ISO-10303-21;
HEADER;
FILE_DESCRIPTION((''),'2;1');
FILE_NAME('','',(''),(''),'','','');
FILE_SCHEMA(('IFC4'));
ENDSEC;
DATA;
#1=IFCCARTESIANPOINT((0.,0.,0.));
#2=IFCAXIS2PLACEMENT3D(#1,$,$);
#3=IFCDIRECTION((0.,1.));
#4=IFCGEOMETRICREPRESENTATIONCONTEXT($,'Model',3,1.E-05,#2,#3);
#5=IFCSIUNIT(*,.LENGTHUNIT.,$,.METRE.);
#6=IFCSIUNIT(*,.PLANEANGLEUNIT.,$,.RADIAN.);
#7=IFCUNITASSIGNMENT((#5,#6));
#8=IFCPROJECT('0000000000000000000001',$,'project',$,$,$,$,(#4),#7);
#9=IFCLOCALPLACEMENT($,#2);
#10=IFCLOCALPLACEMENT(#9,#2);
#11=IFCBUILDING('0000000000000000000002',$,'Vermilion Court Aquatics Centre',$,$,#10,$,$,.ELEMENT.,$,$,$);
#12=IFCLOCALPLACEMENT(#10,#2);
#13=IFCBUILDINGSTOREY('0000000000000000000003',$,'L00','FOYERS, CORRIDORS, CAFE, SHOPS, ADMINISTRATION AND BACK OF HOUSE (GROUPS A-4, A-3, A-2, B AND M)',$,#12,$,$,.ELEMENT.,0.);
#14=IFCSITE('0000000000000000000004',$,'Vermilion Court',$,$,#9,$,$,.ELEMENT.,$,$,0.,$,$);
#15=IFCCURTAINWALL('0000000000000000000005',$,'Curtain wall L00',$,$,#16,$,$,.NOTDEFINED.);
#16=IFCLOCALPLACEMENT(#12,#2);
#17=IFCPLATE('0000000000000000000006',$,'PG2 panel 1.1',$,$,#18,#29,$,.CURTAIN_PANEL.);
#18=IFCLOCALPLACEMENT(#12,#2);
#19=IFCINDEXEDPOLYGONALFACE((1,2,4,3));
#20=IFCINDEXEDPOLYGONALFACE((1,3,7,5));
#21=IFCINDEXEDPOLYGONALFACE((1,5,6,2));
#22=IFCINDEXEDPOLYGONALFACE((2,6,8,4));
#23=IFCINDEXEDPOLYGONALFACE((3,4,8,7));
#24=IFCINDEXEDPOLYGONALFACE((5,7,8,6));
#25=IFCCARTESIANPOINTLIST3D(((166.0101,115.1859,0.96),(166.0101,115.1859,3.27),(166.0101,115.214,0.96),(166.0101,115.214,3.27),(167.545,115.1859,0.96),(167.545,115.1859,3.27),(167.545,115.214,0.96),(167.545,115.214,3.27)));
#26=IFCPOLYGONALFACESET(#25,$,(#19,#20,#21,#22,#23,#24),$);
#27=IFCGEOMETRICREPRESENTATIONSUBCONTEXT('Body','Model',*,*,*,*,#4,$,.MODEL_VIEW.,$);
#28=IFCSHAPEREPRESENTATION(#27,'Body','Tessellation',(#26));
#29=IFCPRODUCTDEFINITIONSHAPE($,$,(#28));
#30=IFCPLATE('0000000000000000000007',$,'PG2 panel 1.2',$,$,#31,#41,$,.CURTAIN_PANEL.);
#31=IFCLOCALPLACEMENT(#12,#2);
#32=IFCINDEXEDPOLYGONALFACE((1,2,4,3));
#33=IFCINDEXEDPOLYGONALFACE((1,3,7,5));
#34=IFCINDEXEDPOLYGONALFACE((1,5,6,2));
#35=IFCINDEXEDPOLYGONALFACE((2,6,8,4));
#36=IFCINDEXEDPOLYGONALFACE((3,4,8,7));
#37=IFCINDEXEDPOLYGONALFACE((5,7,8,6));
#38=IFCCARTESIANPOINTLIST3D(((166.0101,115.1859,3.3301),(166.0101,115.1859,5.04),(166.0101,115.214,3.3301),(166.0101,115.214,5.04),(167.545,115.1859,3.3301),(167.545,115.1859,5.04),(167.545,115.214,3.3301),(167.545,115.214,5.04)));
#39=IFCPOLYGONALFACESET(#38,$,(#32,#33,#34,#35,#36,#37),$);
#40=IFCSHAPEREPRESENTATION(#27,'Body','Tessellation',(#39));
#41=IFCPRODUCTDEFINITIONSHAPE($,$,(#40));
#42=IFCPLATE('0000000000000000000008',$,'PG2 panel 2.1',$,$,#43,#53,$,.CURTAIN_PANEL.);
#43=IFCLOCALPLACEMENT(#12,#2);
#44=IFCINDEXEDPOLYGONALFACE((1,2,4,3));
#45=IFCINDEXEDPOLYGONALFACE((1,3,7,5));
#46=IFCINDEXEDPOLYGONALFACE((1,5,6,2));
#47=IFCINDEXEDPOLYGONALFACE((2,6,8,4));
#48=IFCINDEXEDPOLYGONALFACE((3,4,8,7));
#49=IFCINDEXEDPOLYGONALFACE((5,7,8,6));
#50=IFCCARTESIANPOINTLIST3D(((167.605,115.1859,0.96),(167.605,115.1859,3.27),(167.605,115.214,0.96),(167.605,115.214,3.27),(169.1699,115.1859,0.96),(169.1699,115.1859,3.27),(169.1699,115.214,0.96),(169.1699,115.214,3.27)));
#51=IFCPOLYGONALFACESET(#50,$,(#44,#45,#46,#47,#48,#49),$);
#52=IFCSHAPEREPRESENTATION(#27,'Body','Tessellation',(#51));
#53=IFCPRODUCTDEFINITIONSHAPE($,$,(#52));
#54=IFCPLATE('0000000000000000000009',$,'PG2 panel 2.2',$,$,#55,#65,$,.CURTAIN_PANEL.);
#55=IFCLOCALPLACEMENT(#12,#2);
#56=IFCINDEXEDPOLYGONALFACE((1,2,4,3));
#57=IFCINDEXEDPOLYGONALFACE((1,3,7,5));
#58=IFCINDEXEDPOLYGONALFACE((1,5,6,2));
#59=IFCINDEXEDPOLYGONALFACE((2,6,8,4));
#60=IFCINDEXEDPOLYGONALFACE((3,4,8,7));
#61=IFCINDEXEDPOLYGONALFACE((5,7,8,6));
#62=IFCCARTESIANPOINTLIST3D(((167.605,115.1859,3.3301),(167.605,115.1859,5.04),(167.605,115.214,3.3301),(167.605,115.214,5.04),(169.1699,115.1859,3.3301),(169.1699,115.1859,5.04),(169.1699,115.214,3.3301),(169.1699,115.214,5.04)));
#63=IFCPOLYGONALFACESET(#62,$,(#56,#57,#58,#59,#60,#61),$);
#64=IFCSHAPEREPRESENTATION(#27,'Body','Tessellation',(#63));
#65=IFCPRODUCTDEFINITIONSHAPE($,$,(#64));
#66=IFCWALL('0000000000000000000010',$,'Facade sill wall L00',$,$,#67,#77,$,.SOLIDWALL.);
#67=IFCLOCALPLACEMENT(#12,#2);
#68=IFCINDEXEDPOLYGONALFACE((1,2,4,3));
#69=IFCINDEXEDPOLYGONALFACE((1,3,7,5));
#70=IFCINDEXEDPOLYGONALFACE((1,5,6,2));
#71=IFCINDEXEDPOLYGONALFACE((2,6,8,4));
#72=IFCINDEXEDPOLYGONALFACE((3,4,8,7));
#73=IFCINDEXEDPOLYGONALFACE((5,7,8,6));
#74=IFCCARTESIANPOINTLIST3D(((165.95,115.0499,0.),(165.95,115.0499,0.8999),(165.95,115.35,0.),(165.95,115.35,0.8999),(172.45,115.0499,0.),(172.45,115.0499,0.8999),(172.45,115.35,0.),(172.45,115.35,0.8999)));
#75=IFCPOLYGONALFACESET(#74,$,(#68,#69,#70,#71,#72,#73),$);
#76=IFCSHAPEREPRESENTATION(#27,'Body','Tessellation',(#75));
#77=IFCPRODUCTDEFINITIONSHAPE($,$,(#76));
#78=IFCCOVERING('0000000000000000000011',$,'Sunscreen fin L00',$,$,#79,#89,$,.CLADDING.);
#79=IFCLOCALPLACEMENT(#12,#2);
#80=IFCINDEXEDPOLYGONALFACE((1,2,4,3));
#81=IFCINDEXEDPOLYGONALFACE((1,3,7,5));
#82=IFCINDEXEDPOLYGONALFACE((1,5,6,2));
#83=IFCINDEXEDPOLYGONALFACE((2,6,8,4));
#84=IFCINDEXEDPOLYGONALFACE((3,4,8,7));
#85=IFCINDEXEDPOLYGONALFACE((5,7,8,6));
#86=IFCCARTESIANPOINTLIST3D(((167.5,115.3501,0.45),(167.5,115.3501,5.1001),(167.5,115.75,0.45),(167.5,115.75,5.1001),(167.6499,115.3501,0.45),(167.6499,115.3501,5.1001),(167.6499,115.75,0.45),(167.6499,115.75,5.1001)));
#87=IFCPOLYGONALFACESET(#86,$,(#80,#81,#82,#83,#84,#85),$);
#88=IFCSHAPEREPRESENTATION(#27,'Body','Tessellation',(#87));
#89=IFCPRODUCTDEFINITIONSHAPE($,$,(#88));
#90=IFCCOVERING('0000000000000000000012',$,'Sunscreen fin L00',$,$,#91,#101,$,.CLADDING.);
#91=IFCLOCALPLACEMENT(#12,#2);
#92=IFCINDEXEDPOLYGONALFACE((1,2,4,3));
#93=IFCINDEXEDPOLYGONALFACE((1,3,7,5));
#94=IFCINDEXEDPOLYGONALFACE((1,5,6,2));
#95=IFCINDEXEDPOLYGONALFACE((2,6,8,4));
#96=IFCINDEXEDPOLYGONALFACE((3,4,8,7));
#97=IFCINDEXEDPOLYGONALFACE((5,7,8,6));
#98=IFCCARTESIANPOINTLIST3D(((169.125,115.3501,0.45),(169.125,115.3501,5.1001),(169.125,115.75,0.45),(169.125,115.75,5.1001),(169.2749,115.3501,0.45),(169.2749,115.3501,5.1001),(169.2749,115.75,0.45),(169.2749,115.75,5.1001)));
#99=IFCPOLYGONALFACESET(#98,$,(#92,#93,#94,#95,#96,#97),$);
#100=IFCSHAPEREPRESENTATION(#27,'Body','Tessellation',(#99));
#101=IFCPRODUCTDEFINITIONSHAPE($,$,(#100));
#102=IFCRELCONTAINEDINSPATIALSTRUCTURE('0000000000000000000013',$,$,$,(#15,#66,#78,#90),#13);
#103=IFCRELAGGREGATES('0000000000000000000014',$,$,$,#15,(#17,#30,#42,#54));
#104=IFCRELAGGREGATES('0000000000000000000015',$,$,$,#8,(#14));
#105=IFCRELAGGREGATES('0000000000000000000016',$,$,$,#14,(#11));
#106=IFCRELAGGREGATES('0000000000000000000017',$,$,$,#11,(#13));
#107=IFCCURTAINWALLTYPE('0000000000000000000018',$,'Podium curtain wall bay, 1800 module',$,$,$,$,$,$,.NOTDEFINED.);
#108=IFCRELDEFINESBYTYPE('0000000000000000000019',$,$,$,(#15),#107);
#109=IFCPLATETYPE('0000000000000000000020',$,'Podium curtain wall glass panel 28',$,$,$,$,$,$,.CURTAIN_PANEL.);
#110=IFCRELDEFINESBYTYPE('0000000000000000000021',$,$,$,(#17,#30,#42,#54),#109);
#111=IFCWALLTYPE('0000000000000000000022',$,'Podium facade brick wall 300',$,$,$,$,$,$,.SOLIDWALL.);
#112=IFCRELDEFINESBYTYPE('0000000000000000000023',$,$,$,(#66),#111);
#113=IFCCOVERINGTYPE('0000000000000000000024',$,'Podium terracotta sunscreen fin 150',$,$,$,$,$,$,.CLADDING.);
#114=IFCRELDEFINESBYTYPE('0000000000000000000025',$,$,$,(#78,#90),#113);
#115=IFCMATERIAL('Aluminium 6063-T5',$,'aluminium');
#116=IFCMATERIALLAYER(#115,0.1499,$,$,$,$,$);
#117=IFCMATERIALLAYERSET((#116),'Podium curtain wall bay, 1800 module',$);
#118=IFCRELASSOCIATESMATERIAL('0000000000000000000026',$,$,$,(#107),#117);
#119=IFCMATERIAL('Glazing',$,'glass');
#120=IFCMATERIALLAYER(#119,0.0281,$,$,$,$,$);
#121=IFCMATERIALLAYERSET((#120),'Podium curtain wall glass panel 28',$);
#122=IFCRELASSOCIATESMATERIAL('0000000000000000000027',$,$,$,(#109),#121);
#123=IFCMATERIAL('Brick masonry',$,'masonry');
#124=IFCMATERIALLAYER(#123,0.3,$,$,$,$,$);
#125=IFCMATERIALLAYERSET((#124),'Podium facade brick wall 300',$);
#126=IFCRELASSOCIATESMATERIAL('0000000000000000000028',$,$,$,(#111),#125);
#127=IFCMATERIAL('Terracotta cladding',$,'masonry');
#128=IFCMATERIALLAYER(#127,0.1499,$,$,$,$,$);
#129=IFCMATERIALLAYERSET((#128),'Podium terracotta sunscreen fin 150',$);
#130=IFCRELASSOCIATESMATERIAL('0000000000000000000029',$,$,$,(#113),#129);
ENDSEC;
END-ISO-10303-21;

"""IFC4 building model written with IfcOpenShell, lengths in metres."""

from ifc_helpers import new_model, si_unit, direction, frame, frame_2d, origin, origin_2d, place, context, subcontext, project, spatial, rectangle, extrude, material, layer, layer_set, type_object, element, aggregate, save


model = new_model("IFC4")

# Units and contexts
model_context = context("Model", 3, precision=1e-05, world=origin(), true_north=direction((0.0, 1.0)))
body_context = subcontext(model_context, "Body", "Model", "MODEL_VIEW")
ifc_project = project(units=[si_unit("LENGTHUNIT", "METRE"), si_unit("PLANEANGLEUNIT", "RADIAN")], contexts=[model_context])

# Site, building, storey
site_placement = place(None, origin())
site = spatial("IfcSite", under=ifc_project, at=site_placement, Name="Vermilion Court", CompositionType="ELEMENT", RefElevation=0.0)
building_placement = place(site_placement, origin())
building = spatial("IfcBuilding", under=site, at=building_placement, Name="Vermilion Court Aquatics Centre", CompositionType="ELEMENT")
storey_placement = place(building_placement, origin())
storey = spatial("IfcBuildingStorey", under=building, at=storey_placement, Name="L00", Description="FOYERS, CORRIDORS, CAFE, SHOPS, ADMINISTRATION AND BACK OF HOUSE (GROUPS A-4, A-3, A-2, B AND M)", CompositionType="ELEMENT", Elevation=0.0)

# Curtain wall
ifc_material_1 = material(Name="Aluminium 6063-T5", Category="aluminium")
ifc_layer_1 = layer(ifc_material_1, 0.1499)
ifc_layer_set_1 = layer_set([ifc_layer_1], Name="Podium curtain wall bay, 1800 module")
curtain_wall_type = type_object("IfcCurtainWallType", Name="Podium curtain wall bay, 1800 module", PredefinedType="NOTDEFINED", material=ifc_layer_set_1)
curtain_wall_placement = place(storey_placement, origin())
curtain_wall = element("IfcCurtainWall", 1, at=curtain_wall_placement, inside=storey, type_object=curtain_wall_type, Name="Curtain wall L00", PredefinedType="NOTDEFINED")

# Plates
ifc_material_2 = material(Name="Glazing", Category="glass")
ifc_layer_2 = layer(ifc_material_2, 0.0281)
ifc_layer_set_2 = layer_set([ifc_layer_2], Name="Podium curtain wall glass panel 28")
plate_type = type_object("IfcPlateType", Name="Podium curtain wall glass panel 28", PredefinedType="CURTAIN_PANEL", material=ifc_layer_set_2)
plate_1_placement = place(storey_placement, frame((166.7776, 115.2, 0.96), z_axis=(0.0, 0.0, 1.0), x_axis=(1.0, 0.0, 0.0)))
plate_1 = element("IfcPlate", 2, at=plate_1_placement, type_object=plate_type, Name="PG2 panel 1.1", PredefinedType="CURTAIN_PANEL", context=body_context, shape_type="SweptSolid", body=[
    extrude(rectangle(XDim=1.5349, YDim=0.0281, at=origin_2d()), origin(), (0.0, 0.0, 1.0), 2.3101),
])
plate_2_placement = place(storey_placement, frame((166.7776, 115.2, 3.3301), z_axis=(0.0, 0.0, 1.0), x_axis=(1.0, 0.0, 0.0)))
plate_2 = element("IfcPlate", 3, at=plate_2_placement, type_object=plate_type, Name="PG2 panel 1.2", PredefinedType="CURTAIN_PANEL", context=body_context, shape_type="SweptSolid", body=[
    extrude(rectangle(XDim=1.5349, YDim=0.0281, at=origin_2d()), origin(), (0.0, 0.0, 1.0), 1.71),
])
plate_3_placement = place(storey_placement, frame((168.3875, 115.2, 0.96), z_axis=(0.0, 0.0, 1.0), x_axis=(1.0, 0.0, 0.0)))
plate_3 = element("IfcPlate", 4, at=plate_3_placement, type_object=plate_type, Name="PG2 panel 2.1", PredefinedType="CURTAIN_PANEL", context=body_context, shape_type="SweptSolid", body=[
    extrude(rectangle(XDim=1.5649, YDim=0.0281, at=origin_2d()), origin(), (0.0, 0.0, 1.0), 2.3101),
])
plate_4_placement = place(storey_placement, frame((168.3875, 115.2, 3.3301), z_axis=(0.0, 0.0, 1.0), x_axis=(1.0, 0.0, 0.0)))
plate_4 = element("IfcPlate", 5, at=plate_4_placement, type_object=plate_type, Name="PG2 panel 2.2", PredefinedType="CURTAIN_PANEL", context=body_context, shape_type="SweptSolid", body=[
    extrude(rectangle(XDim=1.5649, YDim=0.0281, at=origin_2d()), origin(), (0.0, 0.0, 1.0), 1.71),
])
aggregate(curtain_wall, [plate_1, plate_2, plate_3, plate_4])

# Wall
ifc_material_3 = material(Name="Brick masonry", Category="masonry")
ifc_layer_3 = layer(ifc_material_3, 0.3)
ifc_layer_set_3 = layer_set([ifc_layer_3], Name="Podium facade brick wall 300")
wall_type = type_object("IfcWallType", Name="Podium facade brick wall 300", PredefinedType="SOLIDWALL", material=ifc_layer_set_3)
wall_placement = place(storey_placement, frame((165.95, 115.2, 0.0), z_axis=(0.0, 0.0, 1.0), x_axis=(1.0, 0.0, 0.0)))
element("IfcWall", 6, at=wall_placement, inside=storey, type_object=wall_type, Name="Facade sill wall L00", PredefinedType="SOLIDWALL", context=body_context, shape_type="SweptSolid", body=[
    extrude(rectangle(XDim=6.5, YDim=0.3, at=frame_2d((3.25, 0.0))), origin(), (0.0, 0.0, 1.0), 0.8999),
])

# Coverings
ifc_material_4 = material(Name="Terracotta cladding", Category="masonry")
ifc_layer_4 = layer(ifc_material_4, 0.1499)
ifc_layer_set_4 = layer_set([ifc_layer_4], Name="Podium terracotta sunscreen fin 150")
covering_type = type_object("IfcCoveringType", Name="Podium terracotta sunscreen fin 150", PredefinedType="CLADDING", material=ifc_layer_set_4)
for number, where, z_axis, x_axis, name in (
    (7, (167.575, 115.3501, 0.45), (0.0, 0.0, 1.0), (0.0, 1.0, 0.0), "Sunscreen fin L00"),
    (8, (169.2, 115.3501, 0.45), (0.0, 0.0, 1.0), (0.0, 1.0, 0.0), "Sunscreen fin L00"),
):
    element("IfcCovering", number, at=place(storey_placement, frame(where, z_axis=z_axis, x_axis=x_axis)), inside=storey, type_object=covering_type, Name=name, PredefinedType="CLADDING", context=body_context, shape_type="SweptSolid", body=[
        extrude(rectangle(XDim=0.3999, YDim=0.1499, at=frame_2d((0.2, 0.0))), origin(), (0.0, 0.0, 1.0), 4.6501),
    ])

save(model, "model.ifc")
